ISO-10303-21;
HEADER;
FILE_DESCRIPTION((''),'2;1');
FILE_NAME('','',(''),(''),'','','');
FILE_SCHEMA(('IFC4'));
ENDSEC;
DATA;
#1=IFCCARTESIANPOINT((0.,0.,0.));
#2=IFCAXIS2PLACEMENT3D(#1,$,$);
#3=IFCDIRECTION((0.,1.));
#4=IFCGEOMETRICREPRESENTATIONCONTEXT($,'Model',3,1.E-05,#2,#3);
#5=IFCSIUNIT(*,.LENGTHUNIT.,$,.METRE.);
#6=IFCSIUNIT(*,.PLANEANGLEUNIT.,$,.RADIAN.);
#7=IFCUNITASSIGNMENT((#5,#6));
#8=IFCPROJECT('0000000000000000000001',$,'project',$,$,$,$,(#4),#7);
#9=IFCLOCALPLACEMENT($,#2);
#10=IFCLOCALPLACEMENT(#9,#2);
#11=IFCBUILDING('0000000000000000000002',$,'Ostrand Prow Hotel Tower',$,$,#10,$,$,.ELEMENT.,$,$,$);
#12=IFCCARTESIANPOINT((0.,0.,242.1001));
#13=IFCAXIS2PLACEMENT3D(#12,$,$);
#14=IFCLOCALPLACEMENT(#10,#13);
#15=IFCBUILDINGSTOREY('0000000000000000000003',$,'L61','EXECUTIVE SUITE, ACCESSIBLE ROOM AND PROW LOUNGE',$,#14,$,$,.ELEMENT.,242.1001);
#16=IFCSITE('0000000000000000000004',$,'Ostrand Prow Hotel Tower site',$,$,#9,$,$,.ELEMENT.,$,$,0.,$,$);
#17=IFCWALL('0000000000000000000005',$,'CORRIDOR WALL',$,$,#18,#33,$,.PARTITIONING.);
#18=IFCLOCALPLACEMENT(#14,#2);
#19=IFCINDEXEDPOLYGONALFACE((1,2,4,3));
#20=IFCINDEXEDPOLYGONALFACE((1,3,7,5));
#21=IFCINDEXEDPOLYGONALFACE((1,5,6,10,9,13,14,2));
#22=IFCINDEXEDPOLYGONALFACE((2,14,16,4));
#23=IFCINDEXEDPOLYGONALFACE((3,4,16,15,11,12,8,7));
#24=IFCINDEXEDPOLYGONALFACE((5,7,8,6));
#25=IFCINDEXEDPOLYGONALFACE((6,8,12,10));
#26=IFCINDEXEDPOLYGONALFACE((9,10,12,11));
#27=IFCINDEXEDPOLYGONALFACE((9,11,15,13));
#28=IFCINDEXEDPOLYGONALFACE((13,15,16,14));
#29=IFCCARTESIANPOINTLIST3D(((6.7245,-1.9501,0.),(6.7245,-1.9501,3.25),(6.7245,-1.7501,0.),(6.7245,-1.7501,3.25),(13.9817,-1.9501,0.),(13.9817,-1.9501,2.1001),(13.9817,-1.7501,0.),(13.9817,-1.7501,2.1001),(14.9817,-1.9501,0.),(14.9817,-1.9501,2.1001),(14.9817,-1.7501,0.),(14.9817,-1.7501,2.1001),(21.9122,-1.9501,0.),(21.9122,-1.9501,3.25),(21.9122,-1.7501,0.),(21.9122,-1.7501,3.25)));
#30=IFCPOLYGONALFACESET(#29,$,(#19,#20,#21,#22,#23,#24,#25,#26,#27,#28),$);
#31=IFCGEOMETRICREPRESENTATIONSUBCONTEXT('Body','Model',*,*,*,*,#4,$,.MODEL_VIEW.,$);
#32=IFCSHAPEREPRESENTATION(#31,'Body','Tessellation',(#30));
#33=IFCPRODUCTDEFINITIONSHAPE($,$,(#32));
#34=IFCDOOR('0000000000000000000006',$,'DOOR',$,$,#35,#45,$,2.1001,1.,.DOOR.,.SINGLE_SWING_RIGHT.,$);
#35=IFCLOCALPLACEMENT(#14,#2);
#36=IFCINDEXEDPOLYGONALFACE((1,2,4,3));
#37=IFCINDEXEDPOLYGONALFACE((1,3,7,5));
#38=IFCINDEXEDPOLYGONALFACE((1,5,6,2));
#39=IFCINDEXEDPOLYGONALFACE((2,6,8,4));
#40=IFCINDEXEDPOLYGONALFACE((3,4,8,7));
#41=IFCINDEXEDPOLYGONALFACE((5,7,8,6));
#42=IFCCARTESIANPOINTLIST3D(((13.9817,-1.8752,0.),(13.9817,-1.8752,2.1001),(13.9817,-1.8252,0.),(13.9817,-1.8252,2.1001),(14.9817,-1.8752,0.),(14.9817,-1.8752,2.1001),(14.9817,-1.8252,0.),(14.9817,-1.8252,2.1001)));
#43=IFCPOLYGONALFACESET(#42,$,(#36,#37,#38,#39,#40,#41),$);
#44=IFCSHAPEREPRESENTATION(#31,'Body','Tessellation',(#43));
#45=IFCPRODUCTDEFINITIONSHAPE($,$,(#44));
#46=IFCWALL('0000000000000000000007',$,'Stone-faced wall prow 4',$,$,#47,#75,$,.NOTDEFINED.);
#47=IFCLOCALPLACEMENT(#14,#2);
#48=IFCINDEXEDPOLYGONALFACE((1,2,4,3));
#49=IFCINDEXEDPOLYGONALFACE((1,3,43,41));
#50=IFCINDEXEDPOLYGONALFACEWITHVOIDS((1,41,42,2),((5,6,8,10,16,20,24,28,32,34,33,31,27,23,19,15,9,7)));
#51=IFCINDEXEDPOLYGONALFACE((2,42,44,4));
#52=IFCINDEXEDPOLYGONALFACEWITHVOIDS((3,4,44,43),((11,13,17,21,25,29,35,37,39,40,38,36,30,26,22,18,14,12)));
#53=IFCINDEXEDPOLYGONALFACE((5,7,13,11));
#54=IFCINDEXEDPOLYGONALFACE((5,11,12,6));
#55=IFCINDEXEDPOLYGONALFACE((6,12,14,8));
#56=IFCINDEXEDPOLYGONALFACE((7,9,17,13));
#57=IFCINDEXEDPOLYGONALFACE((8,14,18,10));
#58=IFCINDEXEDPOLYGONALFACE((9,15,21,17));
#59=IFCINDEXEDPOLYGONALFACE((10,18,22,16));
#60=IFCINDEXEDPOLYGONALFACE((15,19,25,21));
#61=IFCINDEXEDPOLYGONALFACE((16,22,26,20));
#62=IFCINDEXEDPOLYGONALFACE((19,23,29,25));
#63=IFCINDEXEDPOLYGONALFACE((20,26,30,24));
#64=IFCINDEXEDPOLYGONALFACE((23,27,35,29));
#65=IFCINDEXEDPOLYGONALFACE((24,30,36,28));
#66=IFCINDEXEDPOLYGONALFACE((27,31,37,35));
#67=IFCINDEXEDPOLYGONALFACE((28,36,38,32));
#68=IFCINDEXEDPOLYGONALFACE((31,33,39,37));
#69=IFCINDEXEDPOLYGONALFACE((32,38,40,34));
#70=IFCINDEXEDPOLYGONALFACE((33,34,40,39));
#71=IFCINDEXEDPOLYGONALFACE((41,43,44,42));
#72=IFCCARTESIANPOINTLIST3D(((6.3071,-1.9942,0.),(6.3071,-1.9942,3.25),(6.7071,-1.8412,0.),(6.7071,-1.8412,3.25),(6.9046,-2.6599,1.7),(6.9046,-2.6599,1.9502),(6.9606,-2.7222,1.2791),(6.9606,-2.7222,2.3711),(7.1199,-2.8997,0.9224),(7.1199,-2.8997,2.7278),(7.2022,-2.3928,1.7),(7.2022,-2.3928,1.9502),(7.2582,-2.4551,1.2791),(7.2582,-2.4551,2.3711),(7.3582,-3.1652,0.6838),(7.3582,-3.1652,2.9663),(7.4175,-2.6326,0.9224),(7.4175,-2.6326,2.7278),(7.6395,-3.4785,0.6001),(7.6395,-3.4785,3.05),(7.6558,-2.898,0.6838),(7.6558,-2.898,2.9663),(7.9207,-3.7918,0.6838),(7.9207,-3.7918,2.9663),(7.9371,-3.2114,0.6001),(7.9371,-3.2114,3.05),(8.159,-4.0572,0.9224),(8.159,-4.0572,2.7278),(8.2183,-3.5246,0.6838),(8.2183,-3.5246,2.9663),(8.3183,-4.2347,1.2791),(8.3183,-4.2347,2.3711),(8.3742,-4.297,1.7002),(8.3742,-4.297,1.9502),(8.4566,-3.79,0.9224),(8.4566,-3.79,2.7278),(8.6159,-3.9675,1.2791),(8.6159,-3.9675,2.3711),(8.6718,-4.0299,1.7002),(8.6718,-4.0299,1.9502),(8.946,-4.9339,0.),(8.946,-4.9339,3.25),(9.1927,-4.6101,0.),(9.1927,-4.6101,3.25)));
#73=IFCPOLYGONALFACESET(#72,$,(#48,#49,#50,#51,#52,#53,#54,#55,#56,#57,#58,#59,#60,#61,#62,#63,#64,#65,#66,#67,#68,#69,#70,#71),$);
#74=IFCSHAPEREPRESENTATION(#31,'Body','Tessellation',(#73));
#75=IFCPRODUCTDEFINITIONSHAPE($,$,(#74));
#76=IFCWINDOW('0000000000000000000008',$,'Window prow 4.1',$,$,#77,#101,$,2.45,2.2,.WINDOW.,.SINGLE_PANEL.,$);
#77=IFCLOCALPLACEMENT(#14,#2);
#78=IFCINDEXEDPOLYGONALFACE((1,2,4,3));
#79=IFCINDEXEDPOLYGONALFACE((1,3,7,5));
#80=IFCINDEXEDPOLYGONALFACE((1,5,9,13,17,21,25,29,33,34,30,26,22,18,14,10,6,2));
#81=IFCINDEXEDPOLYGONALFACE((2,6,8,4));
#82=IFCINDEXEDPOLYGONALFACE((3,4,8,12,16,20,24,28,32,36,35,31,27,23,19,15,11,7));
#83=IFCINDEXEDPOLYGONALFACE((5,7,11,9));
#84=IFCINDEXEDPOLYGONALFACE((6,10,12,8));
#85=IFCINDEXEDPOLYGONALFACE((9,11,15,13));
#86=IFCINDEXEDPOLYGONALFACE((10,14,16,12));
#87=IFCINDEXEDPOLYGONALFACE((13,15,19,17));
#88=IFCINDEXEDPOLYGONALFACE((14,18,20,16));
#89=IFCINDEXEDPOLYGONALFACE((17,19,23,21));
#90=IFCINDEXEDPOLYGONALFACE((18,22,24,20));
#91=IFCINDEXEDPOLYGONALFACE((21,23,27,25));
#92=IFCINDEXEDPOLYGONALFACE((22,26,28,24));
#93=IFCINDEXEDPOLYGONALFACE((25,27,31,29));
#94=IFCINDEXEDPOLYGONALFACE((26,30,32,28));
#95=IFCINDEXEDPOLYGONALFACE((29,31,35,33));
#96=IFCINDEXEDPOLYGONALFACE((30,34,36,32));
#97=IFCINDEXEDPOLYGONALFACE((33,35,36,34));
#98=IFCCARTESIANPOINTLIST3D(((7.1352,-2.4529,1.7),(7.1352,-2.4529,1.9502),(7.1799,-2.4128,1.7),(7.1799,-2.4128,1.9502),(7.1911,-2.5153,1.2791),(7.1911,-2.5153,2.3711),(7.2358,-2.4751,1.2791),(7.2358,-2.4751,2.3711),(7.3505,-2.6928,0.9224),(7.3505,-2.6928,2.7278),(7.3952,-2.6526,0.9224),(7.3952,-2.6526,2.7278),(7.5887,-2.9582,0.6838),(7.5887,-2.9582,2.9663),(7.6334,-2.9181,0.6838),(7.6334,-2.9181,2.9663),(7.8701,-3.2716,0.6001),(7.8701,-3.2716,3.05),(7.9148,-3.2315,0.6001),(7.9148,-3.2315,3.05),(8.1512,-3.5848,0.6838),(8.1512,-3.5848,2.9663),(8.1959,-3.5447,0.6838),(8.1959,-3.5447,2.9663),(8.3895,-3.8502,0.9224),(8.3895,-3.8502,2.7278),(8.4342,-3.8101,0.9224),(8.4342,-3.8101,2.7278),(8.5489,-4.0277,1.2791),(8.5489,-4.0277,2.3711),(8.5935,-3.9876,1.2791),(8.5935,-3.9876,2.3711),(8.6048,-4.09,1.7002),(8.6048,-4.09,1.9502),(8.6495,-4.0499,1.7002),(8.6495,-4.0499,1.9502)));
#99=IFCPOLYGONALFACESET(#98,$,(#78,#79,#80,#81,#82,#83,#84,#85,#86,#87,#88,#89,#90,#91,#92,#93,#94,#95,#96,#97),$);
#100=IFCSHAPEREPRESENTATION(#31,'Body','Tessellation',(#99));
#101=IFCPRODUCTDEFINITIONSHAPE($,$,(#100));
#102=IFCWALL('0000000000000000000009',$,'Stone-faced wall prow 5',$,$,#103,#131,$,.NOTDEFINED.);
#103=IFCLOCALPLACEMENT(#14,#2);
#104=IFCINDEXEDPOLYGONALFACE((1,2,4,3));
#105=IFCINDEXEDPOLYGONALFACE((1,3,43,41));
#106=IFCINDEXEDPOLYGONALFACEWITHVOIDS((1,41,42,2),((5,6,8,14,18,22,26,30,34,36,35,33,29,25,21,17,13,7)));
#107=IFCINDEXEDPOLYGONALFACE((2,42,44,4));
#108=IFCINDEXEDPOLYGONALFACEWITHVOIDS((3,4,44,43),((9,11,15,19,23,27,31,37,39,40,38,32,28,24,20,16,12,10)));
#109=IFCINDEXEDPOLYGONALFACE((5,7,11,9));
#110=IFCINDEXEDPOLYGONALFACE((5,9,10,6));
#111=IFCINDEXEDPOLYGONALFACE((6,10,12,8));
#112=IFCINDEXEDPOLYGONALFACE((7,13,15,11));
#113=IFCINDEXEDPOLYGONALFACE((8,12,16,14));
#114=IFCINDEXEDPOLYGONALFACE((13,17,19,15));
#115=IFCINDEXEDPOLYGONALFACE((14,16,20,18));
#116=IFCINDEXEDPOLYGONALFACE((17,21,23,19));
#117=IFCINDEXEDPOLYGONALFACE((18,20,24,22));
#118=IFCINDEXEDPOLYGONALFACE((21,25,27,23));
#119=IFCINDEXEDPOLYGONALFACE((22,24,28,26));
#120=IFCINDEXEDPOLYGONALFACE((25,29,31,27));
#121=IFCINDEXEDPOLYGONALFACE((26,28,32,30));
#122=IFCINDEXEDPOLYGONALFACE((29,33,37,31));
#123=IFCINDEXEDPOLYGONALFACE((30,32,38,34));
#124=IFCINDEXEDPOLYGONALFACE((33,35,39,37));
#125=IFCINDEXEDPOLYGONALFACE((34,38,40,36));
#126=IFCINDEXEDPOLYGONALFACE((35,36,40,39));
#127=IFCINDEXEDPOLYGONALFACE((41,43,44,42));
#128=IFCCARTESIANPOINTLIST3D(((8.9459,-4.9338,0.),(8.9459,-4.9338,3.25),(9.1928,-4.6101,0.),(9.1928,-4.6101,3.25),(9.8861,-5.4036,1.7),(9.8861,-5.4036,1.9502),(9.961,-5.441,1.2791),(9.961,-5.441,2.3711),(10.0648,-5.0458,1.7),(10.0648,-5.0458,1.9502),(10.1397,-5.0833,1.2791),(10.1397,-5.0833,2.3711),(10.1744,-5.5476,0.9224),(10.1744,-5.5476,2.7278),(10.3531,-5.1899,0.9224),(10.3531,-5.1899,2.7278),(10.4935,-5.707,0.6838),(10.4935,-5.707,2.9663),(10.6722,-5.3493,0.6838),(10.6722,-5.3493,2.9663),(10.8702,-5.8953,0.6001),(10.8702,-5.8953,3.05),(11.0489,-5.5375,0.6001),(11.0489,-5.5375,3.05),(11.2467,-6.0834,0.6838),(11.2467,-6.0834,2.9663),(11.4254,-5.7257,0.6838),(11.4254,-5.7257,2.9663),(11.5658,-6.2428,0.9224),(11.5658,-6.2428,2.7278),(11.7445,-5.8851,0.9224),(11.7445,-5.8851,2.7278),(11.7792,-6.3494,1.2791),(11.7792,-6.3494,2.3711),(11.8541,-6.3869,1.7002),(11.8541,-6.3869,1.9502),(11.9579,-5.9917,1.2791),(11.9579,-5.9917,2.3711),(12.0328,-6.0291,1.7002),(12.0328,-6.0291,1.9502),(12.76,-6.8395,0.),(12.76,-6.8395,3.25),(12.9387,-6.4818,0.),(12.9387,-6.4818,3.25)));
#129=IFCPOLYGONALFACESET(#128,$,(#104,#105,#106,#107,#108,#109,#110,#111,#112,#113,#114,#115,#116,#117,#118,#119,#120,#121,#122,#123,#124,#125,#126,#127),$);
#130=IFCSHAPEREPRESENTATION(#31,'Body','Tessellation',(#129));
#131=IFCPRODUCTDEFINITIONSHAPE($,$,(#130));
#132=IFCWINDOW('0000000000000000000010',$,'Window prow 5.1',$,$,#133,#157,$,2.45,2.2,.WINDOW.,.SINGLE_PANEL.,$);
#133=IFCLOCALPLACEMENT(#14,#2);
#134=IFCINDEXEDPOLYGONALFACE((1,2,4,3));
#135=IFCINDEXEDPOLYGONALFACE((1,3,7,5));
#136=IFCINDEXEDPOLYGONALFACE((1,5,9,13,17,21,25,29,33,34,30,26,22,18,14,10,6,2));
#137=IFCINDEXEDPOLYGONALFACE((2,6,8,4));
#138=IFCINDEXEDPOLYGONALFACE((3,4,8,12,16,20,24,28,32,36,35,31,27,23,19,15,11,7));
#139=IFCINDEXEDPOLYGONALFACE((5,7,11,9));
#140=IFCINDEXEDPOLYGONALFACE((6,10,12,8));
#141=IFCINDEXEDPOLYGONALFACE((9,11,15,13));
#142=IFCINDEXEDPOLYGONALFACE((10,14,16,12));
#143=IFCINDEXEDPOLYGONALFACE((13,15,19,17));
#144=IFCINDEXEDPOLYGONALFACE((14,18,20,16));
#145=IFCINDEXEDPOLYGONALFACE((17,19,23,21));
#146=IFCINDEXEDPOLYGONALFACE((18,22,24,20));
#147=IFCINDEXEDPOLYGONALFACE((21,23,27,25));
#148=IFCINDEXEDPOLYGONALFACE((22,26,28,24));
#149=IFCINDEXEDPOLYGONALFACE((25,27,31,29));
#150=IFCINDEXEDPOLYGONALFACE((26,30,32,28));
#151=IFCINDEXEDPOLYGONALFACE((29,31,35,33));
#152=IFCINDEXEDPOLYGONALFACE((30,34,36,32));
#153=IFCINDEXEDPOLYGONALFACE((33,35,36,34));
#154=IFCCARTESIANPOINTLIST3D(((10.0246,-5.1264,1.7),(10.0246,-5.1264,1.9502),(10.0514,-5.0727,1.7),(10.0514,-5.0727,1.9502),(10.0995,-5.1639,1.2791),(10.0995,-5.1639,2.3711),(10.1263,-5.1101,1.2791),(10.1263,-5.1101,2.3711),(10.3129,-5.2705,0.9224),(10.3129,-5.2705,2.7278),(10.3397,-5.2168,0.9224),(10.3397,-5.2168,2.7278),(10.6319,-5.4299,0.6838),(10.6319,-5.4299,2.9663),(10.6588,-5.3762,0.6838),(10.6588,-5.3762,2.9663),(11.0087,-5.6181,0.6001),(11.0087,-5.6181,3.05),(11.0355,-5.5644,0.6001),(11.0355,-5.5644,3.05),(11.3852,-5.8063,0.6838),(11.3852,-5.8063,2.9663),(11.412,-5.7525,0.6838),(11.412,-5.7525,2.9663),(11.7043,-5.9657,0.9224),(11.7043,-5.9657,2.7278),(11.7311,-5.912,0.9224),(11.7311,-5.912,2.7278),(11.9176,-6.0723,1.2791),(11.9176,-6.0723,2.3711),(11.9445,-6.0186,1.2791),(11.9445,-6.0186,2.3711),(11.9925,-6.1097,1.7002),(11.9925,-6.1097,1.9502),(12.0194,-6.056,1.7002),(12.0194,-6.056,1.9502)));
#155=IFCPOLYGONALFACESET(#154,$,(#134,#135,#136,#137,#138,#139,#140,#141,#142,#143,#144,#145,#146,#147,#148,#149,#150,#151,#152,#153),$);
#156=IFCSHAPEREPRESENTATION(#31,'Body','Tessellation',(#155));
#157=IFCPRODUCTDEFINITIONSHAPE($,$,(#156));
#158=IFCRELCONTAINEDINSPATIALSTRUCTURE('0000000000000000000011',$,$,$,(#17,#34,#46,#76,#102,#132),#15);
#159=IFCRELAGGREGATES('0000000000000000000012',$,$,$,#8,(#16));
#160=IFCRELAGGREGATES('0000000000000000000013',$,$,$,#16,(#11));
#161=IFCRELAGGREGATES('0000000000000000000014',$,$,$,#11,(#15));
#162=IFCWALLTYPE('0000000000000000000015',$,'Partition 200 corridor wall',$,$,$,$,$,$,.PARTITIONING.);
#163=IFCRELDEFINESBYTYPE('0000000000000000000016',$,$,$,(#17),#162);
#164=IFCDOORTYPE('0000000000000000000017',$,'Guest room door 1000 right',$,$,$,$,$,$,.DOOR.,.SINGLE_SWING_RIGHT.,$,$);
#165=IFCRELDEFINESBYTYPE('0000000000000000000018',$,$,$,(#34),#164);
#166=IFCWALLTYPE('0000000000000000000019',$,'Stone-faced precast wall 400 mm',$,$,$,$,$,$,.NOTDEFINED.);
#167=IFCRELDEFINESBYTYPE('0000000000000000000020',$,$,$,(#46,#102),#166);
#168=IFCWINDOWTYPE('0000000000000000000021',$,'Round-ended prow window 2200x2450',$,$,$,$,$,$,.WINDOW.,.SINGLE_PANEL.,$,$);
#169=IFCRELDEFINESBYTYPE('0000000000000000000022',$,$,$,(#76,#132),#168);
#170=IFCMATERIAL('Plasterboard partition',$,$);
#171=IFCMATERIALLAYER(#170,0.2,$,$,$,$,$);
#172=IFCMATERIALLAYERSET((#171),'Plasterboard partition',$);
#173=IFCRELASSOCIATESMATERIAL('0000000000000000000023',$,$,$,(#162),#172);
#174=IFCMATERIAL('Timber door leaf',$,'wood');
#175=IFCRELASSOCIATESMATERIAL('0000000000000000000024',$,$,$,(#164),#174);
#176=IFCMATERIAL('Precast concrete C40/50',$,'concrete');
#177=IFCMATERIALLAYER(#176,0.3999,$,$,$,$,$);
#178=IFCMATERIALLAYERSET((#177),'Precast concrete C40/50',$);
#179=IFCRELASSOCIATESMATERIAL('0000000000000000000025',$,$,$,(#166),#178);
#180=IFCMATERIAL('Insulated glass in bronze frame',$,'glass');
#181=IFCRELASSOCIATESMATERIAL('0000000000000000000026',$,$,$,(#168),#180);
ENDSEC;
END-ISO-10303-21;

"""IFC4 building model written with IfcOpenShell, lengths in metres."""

from ifc_helpers import new_model, si_unit, direction, frame, frame_2d, origin, place, context, subcontext, project, spatial, polyline, rectangle, outline, extrude, material, layer, layer_set, type_object, element, fill, save


model = new_model("IFC4")

# Units and contexts
model_context = context("Model", 3, precision=1e-05, world=origin(), true_north=direction((0.0, 1.0)))
body_context = subcontext(model_context, "Body", "Model", "MODEL_VIEW")
ifc_project = project(units=[si_unit("LENGTHUNIT", "METRE"), si_unit("PLANEANGLEUNIT", "RADIAN")], contexts=[model_context])

# Site, building, storey
site_placement = place(None, origin())
site = spatial("IfcSite", under=ifc_project, at=site_placement, Name="Ostrand Prow Hotel Tower site", CompositionType="ELEMENT", RefElevation=0.0)
building_placement = place(site_placement, origin())
building = spatial("IfcBuilding", under=site, at=building_placement, Name="Ostrand Prow Hotel Tower", CompositionType="ELEMENT")
storey_placement = place(building_placement, frame((0.0, 0.0, 242.1001)))
storey = spatial("IfcBuildingStorey", under=building, at=storey_placement, Name="L61", Description="EXECUTIVE SUITE, ACCESSIBLE ROOM AND PROW LOUNGE", CompositionType="ELEMENT", Elevation=242.1001)

# Wall, opening, door
ifc_material_1 = material(Name="Plasterboard partition")
ifc_layer_1 = layer(ifc_material_1, 0.2)
ifc_layer_set_1 = layer_set([ifc_layer_1], Name="Plasterboard partition")
wall_type_1 = type_object("IfcWallType", Name="Partition 200 corridor wall", PredefinedType="PARTITIONING", material=ifc_layer_set_1)
wall_1_placement = place(storey_placement, frame((6.7246, -1.8501, 0.0), z_axis=(0.0, 0.0, 1.0), x_axis=(1.0, 0.0, 0.0)))
wall_1 = element("IfcWall", 1, at=wall_1_placement, inside=storey, type_object=wall_type_1, Name="CORRIDOR WALL", PredefinedType="PARTITIONING", context=body_context, shape_type="SweptSolid", body=[
    extrude(rectangle(XDim=15.1877, YDim=0.2, at=frame_2d((7.5938, 0.0))), origin(), (0.0, 0.0, 1.0), 3.25),
])
opening_1_placement = place(wall_1_placement, frame((7.2571, 0.0, 0.0)))
opening_1 = element("IfcOpeningElement", 2, at=opening_1_placement, cuts=wall_1, PredefinedType="OPENING", context=body_context, shape_type="SweptSolid", body=[
    extrude(rectangle(XDim=1.0, YDim=2.1001, at=frame_2d((0.5, 1.05))), frame((0.0, 0.1099, 0.0), z_axis=(0.0, -1.0, 0.0), x_axis=(1.0, 0.0, 0.0)), (0.0, 0.0, 1.0), 0.22),
])
ifc_material_2 = material(Name="Timber door leaf", Category="wood")
door_type = type_object("IfcDoorType", Name="Guest room door 1000 right", OperationType="SINGLE_SWING_RIGHT", PredefinedType="DOOR", material=ifc_material_2)
door_placement = place(opening_1_placement, origin())
door = element("IfcDoor", 3, at=door_placement, inside=storey, type_object=door_type, Name="DOOR", OperationType="SINGLE_SWING_RIGHT", OverallHeight=2.1001, OverallWidth=1.0, PredefinedType="DOOR", context=body_context, shape_type="SweptSolid", body=[
    extrude(rectangle(XDim=1.0, YDim=2.1001, at=frame_2d((0.5, 1.05))), frame((0.0, 0.0249, 0.0), z_axis=(0.0, -1.0, 0.0), x_axis=(1.0, 0.0, 0.0)), (0.0, 0.0, 1.0), 0.05),
])
fill(opening_1, door)

# Walls, openings, windows
ifc_material_3 = material(Name="Precast concrete C40/50", Category="concrete")
ifc_layer_2 = layer(ifc_material_3, 0.3999)
ifc_layer_set_2 = layer_set([ifc_layer_2], Name="Precast concrete C40/50")
wall_type_2 = type_object("IfcWallType", Name="Stone-faced precast wall 400 mm", PredefinedType="NOTDEFINED", material=ifc_layer_set_2)
wall_2_placement = place(storey_placement, frame((6.5071, -1.9177, 0.0), z_axis=(0.0, 0.0, 1.0), x_axis=(0.668018, -0.744145, 0.0)))
wall_2 = element("IfcWall", 4, at=wall_2_placement, inside=storey, type_object=wall_type_2, Name="Stone-faced wall prow 4", PredefinedType="NOTDEFINED", context=body_context, shape_type="SweptSolid", body=[
    extrude(outline(polyline([(-0.0767, -0.2), (3.8738, -0.2), (3.7976, 0.2), (0.0767, 0.2), (-0.0767, -0.2)])), origin(), (0.0, 0.0, 1.0), 3.25),
])
opening_2_placement = place(wall_2_placement, frame((0.8179, 0.0, 0.6001)))
opening_2 = element("IfcOpeningElement", 5, at=opening_2_placement, cuts=wall_2, PredefinedType="OPENING", context=body_context, shape_type="SweptSolid", body=[
    extrude(outline(polyline([(0.0, 1.3501), (0.0837, 1.771), (0.3223, 2.1277), (0.679, 2.3662), (1.1001, 2.45), (1.521, 2.3662), (1.8777, 2.1277), (2.1162, 1.771), (2.2, 1.3501), (2.2, 1.1001), (2.1162, 0.679), (1.8777, 0.3223), (1.521, 0.0837), (1.1001, 0.0), (0.679, 0.0837), (0.3223, 0.3223), (0.0837, 0.679), (0.0, 1.0999), (0.0, 1.3501)])), frame((0.0, 0.21, 0.0), z_axis=(0.0, -1.0, 0.0), x_axis=(1.0, 0.0, 0.0)), (0.0, 0.0, 1.0), 0.4199),
])
ifc_material_4 = material(Name="Insulated glass in bronze frame", Category="glass")
window_type = type_object("IfcWindowType", Name="Round-ended prow window 2200x2450", PartitioningType="SINGLE_PANEL", PredefinedType="WINDOW", material=ifc_material_4)
window_1_placement = place(opening_2_placement, origin())
window_1 = element("IfcWindow", 6, at=window_1_placement, inside=storey, type_object=window_type, Name="Window prow 4.1", OverallHeight=2.45, OverallWidth=2.2, PartitioningType="SINGLE_PANEL", PredefinedType="WINDOW", context=body_context, shape_type="SweptSolid", body=[
    extrude(outline(polyline([(0.0, 1.3501), (0.0837, 1.771), (0.3223, 2.1277), (0.679, 2.3662), (1.1001, 2.45), (1.521, 2.3662), (1.8777, 2.1277), (2.1162, 1.771), (2.2, 1.3501), (2.2, 1.1001), (2.1162, 0.679), (1.8777, 0.3223), (1.521, 0.0837), (1.1001, 0.0), (0.679, 0.0837), (0.3223, 0.3223), (0.0837, 0.679), (0.0, 1.0999), (0.0, 1.3501)])), frame((0.0, 0.1699, 0.0), z_axis=(0.0, -1.0, 0.0), x_axis=(1.0, 0.0, 0.0)), (0.0, 0.0, 1.0), 0.0601),
])
fill(opening_2, window_1)
wall_3_placement = place(storey_placement, frame((9.0693, -4.772, 0.0), z_axis=(0.0, 0.0, 1.0), x_axis=(0.894554, -0.446959, 0.0)))
wall_3 = element("IfcWall", 7, at=wall_3_placement, inside=storey, type_object=wall_type_2, Name="Stone-faced wall prow 5", PredefinedType="NOTDEFINED", context=body_context, shape_type="SweptSolid", body=[
    extrude(outline(polyline([(-0.0381, -0.2), (4.2256, -0.2), (4.2256, 0.2), (0.0381, 0.2), (-0.0381, -0.2)])), origin(), (0.0, 0.0, 1.0), 3.25),
])
opening_3_placement = place(wall_3_placement, frame((1.0129, 0.0, 0.6001)))
opening_3 = element("IfcOpeningElement", 8, at=opening_3_placement, cuts=wall_3, PredefinedType="OPENING", context=body_context, shape_type="SweptSolid", body=[
    extrude(outline(polyline([(0.0, 1.3501), (0.0837, 1.771), (0.3223, 2.1277), (0.679, 2.3662), (1.1001, 2.45), (1.521, 2.3662), (1.8777, 2.1277), (2.1162, 1.771), (2.2, 1.3501), (2.2, 1.1001), (2.1162, 0.679), (1.8777, 0.3223), (1.521, 0.0837), (1.1001, 0.0), (0.679, 0.0837), (0.3223, 0.3223), (0.0837, 0.679), (0.0, 1.0999), (0.0, 1.3501)])), frame((0.0, 0.21, 0.0), z_axis=(0.0, -1.0, 0.0), x_axis=(1.0, 0.0, 0.0)), (0.0, 0.0, 1.0), 0.4199),
])
window_2_placement = place(opening_3_placement, origin())
window_2 = element("IfcWindow", 9, at=window_2_placement, inside=storey, type_object=window_type, Name="Window prow 5.1", OverallHeight=2.45, OverallWidth=2.2, PartitioningType="SINGLE_PANEL", PredefinedType="WINDOW", context=body_context, shape_type="SweptSolid", body=[
    extrude(outline(polyline([(0.0, 1.3501), (0.0837, 1.771), (0.3223, 2.1277), (0.679, 2.3662), (1.1001, 2.45), (1.521, 2.3662), (1.8777, 2.1277), (2.1162, 1.771), (2.2, 1.3501), (2.2, 1.1001), (2.1162, 0.679), (1.8777, 0.3223), (1.521, 0.0837), (1.1001, 0.0), (0.679, 0.0837), (0.3223, 0.3223), (0.0837, 0.679), (0.0, 1.0999), (0.0, 1.3501)])), frame((0.0, 0.1699, 0.0), z_axis=(0.0, -1.0, 0.0), x_axis=(1.0, 0.0, 0.0)), (0.0, 0.0, 1.0), 0.0601),
])
fill(opening_3, window_2)

save(model, "model.ifc")
